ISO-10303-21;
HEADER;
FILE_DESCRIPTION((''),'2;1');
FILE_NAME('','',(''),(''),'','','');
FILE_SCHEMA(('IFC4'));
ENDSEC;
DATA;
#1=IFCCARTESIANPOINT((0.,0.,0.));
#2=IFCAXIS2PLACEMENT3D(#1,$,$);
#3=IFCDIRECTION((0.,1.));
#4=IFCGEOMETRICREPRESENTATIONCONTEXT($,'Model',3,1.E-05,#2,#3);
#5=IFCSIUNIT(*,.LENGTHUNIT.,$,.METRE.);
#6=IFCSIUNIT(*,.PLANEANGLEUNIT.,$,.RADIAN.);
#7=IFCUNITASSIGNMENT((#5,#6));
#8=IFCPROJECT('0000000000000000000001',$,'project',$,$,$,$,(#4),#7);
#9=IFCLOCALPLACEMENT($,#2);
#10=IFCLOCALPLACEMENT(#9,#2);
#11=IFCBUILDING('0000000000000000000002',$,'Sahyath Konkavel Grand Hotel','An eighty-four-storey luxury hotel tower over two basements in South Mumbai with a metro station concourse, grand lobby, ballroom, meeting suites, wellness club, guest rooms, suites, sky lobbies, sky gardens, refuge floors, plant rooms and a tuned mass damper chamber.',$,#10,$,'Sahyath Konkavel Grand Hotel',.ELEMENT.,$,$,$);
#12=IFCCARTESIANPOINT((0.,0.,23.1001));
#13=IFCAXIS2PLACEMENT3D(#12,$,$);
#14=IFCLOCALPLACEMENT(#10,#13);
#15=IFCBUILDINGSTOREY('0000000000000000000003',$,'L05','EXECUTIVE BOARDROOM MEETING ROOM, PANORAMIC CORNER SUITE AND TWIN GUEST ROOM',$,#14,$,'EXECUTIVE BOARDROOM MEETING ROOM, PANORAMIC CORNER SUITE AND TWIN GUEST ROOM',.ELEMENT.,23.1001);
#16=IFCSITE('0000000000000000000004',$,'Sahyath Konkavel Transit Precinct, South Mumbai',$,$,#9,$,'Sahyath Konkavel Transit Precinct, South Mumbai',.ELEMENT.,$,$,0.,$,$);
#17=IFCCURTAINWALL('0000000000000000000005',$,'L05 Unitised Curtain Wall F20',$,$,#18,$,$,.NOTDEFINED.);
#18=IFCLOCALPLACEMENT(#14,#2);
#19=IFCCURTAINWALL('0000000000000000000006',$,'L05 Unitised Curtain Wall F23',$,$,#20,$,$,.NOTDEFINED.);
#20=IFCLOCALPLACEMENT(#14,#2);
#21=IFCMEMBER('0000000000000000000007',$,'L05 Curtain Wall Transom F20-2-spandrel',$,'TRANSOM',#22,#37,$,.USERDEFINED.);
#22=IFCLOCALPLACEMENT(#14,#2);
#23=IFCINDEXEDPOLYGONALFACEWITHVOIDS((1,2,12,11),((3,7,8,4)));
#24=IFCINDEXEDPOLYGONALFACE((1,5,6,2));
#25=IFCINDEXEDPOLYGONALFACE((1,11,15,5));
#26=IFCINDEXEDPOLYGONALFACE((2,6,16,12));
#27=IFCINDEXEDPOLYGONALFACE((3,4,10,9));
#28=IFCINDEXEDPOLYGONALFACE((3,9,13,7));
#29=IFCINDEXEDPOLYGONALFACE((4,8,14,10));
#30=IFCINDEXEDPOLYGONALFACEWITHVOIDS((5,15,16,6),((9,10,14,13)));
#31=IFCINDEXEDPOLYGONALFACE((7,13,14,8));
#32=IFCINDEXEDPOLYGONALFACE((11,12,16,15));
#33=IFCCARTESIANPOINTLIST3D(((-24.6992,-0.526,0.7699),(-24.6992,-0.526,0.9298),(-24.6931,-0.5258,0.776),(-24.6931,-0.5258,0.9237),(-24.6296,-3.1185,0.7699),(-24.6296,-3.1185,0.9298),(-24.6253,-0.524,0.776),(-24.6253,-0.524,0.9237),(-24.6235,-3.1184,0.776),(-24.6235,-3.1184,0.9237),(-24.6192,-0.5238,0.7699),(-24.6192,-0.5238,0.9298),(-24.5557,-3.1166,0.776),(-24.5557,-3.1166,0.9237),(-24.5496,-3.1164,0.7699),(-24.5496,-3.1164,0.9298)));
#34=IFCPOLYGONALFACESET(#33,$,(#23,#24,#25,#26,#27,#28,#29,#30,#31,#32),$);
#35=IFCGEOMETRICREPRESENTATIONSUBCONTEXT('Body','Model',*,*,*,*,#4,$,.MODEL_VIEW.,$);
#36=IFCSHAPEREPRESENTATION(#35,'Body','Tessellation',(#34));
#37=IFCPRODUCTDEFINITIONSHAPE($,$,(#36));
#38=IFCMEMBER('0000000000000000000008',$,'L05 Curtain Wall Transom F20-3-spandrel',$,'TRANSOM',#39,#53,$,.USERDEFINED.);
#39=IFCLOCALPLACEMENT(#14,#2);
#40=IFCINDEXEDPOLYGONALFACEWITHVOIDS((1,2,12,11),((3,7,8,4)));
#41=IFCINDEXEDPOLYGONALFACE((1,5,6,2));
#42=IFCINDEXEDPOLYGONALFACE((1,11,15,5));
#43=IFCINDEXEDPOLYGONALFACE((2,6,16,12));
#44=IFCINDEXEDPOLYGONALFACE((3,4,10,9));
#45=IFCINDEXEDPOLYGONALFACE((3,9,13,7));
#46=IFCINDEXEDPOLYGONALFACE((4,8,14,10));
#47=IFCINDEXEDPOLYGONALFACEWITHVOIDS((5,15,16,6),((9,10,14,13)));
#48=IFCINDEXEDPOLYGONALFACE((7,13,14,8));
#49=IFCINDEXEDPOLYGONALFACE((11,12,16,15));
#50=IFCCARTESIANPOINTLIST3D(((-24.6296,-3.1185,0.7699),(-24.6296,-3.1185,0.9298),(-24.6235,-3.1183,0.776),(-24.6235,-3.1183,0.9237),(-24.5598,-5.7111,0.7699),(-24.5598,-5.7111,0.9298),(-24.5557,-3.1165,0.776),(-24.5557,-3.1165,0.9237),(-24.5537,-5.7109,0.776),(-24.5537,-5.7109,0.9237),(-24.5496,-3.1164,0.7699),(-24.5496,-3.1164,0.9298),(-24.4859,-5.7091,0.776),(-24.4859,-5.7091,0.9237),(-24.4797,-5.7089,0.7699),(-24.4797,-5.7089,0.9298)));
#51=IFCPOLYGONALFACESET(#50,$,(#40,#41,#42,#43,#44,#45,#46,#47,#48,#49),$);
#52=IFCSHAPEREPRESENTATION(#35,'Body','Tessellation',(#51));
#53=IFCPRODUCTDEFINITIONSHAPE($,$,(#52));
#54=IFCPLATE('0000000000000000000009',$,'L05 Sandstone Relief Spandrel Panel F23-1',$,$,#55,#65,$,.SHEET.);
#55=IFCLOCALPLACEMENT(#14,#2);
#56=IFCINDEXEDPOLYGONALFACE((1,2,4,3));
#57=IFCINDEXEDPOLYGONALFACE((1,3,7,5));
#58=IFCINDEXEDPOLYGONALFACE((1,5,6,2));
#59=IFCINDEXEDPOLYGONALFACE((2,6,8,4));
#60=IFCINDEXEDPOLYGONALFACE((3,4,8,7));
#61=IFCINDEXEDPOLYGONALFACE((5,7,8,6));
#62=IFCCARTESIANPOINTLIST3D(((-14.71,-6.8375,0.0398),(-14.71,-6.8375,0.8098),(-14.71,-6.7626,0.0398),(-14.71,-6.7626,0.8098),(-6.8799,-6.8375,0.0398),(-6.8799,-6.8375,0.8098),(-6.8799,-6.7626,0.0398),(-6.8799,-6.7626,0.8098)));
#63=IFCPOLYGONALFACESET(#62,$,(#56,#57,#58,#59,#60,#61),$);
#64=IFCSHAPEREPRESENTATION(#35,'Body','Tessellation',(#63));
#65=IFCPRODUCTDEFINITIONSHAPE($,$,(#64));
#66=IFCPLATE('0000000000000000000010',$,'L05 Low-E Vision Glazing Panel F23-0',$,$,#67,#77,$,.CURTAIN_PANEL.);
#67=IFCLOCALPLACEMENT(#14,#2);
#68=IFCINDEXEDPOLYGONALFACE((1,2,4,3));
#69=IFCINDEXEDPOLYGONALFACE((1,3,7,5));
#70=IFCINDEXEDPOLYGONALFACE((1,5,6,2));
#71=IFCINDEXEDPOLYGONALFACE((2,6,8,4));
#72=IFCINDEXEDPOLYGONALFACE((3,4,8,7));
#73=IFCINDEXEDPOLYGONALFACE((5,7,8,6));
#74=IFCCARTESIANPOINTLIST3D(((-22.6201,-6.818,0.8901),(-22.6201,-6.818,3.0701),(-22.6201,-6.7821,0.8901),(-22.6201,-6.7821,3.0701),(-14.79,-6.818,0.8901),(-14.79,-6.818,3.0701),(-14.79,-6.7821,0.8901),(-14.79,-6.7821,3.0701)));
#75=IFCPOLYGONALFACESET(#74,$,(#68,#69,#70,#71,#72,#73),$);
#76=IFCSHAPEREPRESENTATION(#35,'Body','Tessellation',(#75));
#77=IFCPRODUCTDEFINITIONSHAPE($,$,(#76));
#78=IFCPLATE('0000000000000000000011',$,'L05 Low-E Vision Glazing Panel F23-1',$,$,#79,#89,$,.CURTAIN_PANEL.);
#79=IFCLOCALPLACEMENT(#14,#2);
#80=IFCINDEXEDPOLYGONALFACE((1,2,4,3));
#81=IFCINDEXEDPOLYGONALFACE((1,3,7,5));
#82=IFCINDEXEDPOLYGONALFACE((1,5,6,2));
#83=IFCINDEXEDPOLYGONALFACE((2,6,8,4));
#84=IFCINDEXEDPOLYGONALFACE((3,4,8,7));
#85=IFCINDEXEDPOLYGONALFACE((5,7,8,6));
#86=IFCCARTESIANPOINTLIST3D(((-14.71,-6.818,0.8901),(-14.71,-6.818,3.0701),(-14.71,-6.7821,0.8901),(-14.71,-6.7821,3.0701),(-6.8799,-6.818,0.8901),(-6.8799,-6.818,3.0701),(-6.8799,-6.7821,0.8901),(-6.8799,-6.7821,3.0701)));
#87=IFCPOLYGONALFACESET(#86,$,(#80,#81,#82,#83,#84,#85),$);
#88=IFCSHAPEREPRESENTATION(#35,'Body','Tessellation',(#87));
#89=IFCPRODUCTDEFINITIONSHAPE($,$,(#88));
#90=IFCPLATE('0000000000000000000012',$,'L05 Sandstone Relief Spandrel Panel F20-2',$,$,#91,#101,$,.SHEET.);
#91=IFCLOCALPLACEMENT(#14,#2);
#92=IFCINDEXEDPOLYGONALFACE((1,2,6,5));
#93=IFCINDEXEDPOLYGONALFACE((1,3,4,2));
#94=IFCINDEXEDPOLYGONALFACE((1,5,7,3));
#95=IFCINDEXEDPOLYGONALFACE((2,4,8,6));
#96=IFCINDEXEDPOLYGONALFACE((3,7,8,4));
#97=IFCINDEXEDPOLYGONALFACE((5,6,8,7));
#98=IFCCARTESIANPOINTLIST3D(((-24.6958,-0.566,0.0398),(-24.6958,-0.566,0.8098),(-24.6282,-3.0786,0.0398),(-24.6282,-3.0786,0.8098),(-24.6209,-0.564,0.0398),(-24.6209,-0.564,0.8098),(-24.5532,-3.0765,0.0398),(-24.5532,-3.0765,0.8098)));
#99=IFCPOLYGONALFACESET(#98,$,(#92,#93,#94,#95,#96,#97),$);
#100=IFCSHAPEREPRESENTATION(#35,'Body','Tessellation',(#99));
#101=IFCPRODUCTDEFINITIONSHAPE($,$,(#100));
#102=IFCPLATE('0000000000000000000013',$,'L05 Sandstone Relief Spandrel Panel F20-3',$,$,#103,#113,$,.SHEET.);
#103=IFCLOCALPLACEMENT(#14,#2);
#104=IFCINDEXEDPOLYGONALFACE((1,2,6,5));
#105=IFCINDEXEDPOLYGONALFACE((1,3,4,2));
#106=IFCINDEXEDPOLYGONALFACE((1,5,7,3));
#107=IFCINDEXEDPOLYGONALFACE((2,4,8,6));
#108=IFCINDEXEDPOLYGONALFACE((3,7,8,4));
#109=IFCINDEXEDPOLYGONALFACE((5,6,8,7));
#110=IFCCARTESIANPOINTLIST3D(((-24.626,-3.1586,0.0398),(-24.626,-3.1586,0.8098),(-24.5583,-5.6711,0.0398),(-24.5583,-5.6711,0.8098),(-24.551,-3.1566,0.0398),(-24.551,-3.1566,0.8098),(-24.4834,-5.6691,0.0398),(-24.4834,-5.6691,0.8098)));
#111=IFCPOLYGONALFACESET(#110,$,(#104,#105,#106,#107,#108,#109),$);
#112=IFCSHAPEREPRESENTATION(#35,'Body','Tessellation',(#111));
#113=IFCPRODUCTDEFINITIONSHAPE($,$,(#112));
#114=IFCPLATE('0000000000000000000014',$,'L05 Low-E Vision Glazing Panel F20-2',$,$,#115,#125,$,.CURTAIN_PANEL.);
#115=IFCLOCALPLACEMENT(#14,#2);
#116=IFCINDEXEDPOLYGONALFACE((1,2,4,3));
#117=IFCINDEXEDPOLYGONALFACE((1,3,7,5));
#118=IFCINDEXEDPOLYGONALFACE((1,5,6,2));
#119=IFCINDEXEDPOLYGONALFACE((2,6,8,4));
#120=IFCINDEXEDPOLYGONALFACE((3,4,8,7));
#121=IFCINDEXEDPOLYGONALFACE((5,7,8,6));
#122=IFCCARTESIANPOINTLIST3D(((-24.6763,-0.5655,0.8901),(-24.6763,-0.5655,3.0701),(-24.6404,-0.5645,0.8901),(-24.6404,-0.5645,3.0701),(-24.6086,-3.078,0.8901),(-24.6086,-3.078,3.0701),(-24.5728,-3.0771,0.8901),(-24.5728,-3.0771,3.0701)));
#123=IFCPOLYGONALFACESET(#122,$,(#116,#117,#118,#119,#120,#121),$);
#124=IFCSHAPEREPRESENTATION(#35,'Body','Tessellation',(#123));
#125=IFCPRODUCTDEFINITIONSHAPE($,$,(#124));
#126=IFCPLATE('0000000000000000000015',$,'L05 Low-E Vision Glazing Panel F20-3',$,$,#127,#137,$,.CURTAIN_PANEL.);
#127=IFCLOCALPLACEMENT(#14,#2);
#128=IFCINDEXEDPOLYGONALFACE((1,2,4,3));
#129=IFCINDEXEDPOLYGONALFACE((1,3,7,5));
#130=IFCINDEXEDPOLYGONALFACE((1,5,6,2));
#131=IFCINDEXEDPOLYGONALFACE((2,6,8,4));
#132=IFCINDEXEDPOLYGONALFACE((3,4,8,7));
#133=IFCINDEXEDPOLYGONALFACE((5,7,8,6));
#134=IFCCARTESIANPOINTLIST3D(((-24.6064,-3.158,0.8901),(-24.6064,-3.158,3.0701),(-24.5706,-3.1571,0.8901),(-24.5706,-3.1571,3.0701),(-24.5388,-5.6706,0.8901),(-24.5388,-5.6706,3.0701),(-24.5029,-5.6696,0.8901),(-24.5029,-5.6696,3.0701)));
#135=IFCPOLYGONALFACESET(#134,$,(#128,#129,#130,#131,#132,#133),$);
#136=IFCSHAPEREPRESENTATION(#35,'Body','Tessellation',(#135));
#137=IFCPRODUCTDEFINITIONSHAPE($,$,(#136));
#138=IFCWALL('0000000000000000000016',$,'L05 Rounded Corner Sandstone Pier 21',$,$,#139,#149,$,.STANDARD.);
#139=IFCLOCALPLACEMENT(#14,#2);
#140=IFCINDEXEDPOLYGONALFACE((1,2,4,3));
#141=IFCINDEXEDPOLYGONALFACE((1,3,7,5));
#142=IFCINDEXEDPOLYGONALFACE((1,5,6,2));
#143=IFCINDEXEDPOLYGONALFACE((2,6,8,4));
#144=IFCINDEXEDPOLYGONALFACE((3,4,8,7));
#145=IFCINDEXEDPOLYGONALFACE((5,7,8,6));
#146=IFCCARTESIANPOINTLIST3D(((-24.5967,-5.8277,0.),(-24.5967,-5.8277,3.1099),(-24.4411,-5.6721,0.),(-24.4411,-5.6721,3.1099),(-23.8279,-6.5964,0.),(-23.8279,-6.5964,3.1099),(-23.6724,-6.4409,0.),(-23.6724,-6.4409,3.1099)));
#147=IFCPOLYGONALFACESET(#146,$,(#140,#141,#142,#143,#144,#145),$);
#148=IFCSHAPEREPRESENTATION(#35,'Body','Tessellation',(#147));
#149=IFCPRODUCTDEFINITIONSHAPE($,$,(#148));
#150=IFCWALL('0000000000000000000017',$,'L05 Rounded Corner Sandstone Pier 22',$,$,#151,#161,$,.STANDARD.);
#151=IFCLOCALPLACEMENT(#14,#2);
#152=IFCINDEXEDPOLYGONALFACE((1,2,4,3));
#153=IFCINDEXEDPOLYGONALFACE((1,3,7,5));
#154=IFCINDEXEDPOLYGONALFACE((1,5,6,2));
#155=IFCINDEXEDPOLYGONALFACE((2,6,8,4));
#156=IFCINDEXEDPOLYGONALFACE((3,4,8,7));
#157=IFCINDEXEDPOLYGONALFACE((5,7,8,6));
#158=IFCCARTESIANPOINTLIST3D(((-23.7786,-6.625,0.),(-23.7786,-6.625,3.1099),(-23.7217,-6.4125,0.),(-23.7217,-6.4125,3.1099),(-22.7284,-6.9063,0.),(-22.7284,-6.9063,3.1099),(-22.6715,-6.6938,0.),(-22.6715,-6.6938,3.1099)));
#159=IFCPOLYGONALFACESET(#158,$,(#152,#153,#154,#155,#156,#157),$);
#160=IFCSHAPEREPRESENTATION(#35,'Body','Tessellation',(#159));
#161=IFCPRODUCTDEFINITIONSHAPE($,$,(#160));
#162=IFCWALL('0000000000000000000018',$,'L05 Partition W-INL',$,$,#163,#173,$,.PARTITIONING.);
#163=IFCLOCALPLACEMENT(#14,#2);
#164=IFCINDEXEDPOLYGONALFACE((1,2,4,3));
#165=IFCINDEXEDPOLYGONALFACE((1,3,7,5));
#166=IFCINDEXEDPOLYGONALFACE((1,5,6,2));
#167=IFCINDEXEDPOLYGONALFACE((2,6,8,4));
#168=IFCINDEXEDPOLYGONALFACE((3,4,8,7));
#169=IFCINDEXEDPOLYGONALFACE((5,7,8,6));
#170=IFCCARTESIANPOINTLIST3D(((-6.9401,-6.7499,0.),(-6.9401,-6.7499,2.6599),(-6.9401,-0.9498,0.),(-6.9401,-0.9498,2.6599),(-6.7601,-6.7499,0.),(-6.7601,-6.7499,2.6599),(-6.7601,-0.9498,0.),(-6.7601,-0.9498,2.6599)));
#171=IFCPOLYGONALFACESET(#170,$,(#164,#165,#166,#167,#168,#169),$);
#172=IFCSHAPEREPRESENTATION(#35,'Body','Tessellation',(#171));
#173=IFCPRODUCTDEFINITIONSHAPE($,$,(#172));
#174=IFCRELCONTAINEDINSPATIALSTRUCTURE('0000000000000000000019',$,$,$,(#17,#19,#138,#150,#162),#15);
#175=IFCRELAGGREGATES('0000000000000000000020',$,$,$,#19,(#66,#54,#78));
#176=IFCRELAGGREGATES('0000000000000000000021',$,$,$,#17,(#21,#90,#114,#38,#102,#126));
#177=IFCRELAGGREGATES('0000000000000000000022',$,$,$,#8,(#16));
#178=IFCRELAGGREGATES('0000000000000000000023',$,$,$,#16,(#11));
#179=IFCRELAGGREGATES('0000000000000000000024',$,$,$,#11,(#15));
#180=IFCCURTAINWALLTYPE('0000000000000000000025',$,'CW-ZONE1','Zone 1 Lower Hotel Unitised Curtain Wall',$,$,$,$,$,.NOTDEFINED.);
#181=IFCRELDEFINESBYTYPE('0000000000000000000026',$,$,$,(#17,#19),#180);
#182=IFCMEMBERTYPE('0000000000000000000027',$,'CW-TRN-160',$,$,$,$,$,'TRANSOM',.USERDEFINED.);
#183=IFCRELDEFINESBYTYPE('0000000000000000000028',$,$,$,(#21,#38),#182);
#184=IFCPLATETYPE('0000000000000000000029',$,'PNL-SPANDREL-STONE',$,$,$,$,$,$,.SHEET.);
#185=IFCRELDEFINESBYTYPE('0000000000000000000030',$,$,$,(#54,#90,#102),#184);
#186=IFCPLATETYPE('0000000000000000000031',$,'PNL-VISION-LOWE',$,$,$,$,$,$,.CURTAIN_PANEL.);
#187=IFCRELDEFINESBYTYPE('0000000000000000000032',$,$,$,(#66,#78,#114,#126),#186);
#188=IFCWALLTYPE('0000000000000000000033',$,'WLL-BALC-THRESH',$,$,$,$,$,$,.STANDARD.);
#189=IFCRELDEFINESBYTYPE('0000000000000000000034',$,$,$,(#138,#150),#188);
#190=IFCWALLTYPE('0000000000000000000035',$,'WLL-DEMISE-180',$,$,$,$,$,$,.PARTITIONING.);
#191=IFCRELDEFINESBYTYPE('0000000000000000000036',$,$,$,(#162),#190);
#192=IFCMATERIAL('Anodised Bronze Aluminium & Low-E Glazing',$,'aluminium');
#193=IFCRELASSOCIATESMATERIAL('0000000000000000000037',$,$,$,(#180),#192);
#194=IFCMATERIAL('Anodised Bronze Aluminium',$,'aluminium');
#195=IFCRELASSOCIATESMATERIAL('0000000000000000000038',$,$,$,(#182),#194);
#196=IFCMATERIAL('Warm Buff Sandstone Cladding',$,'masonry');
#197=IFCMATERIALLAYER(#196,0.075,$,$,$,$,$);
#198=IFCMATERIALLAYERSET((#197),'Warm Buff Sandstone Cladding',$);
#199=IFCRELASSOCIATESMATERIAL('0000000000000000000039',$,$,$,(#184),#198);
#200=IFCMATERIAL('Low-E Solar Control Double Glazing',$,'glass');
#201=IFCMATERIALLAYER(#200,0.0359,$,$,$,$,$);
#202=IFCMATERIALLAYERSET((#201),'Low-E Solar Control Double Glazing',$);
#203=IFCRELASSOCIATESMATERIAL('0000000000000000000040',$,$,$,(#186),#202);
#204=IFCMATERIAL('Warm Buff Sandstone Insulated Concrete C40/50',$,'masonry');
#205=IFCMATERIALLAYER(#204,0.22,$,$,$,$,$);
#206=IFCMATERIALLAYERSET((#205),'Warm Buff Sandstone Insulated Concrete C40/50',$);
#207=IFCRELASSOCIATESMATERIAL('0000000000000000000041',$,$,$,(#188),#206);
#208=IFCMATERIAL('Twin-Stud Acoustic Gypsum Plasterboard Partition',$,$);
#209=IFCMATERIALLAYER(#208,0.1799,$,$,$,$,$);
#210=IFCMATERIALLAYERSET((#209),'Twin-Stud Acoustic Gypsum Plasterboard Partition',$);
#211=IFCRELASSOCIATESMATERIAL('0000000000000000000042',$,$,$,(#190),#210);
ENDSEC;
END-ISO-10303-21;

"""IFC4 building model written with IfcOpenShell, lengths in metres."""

from ifc_helpers import new_model, si_unit, direction, frame, frame_2d, origin, origin_2d, place, context, subcontext, project, spatial, rectangle, hollow_rectangle, extrude, source, transform, mapped, material, layer, layer_set, material_profile, profile_set, type_object, element, aggregate, save


model = new_model("IFC4")

# Units and contexts
model_context = context("Model", 3, precision=1e-05, world=origin(), true_north=direction((0.0, 1.0)))
body_context = subcontext(model_context, "Body", "Model", "MODEL_VIEW")
ifc_project = project(units=[si_unit("LENGTHUNIT", "METRE"), si_unit("PLANEANGLEUNIT", "RADIAN")], contexts=[model_context])

# Site, building, storey
site_placement = place(None, origin())
site = spatial("IfcSite", under=ifc_project, at=site_placement, Name="Sahyath Konkavel Transit Precinct, South Mumbai", LongName="Sahyath Konkavel Transit Precinct, South Mumbai", CompositionType="ELEMENT", RefElevation=0.0)
building_placement = place(site_placement, origin())
building = spatial("IfcBuilding", under=site, at=building_placement, Name="Sahyath Konkavel Grand Hotel", Description="An eighty-four-storey luxury hotel tower over two basements in South Mumbai with a metro station concourse, grand lobby, ballroom, meeting suites, wellness club, guest rooms, suites, sky lobbies, sky gardens, refuge floors, plant rooms and a tuned mass damper chamber.", LongName="Sahyath Konkavel Grand Hotel", CompositionType="ELEMENT")
storey_placement = place(building_placement, frame((0.0, 0.0, 23.1001)))
storey = spatial("IfcBuildingStorey", under=building, at=storey_placement, Name="L05", Description="EXECUTIVE BOARDROOM MEETING ROOM, PANORAMIC CORNER SUITE AND TWIN GUEST ROOM", LongName="EXECUTIVE BOARDROOM MEETING ROOM, PANORAMIC CORNER SUITE AND TWIN GUEST ROOM", CompositionType="ELEMENT", Elevation=23.1001)

# Curtain walls
ifc_material_1 = material(Name="Anodised Bronze Aluminium & Low-E Glazing", Category="aluminium")
curtain_wall_type = type_object("IfcCurtainWallType", Name="CW-ZONE1", Description="Zone 1 Lower Hotel Unitised Curtain Wall", PredefinedType="NOTDEFINED", material=ifc_material_1)
curtain_wall_1_placement = place(storey_placement, origin())
curtain_wall_1 = element("IfcCurtainWall", 1, at=curtain_wall_1_placement, inside=storey, type_object=curtain_wall_type, Name="L05 Unitised Curtain Wall F20", PredefinedType="NOTDEFINED")
ifc_material_2 = material(Name="Anodised Bronze Aluminium", Category="aluminium")
curtain_wall_2_placement = place(storey_placement, origin())
curtain_wall_2 = element("IfcCurtainWall", 2, at=curtain_wall_2_placement, inside=storey, type_object=curtain_wall_type, Name="L05 Unitised Curtain Wall F23", PredefinedType="NOTDEFINED")

# Members
ifc_material_profile_1 = material_profile(ifc_material_2, hollow_rectangle(XDim=0.0801, YDim=0.1599, WallThickness=0.0061, at=origin_2d()), Name="RHS 160x80x6")
ifc_profile_set_1 = profile_set([ifc_material_profile_1], Name="Anodised Bronze Aluminium")
member_type_1 = type_object("IfcMemberType", Name="CW-TRN-160", ElementType="TRANSOM", PredefinedType="USERDEFINED", material=ifc_profile_set_1)
shared_shape_1 = source(origin(), body_context, "Body", "SweptSolid", [
    extrude(hollow_rectangle(XDim=0.0801, YDim=0.1599, WallThickness=0.0061, at=origin_2d()), origin(), (0.0, 0.0, 1.0), 2.5935),
])
member_1_placement = place(storey_placement, frame((-24.6592, -0.5249, 0.8499), z_axis=(0.026829, -0.99964, 0.0), x_axis=(0.99964, 0.026829, 0.0)))
member_1 = element("IfcMember", 3, at=member_1_placement, type_object=member_type_1, Name="L05 Curtain Wall Transom F20-2-spandrel", ObjectType="TRANSOM", PredefinedType="USERDEFINED", context=body_context, shape_type="MappedRepresentation", body=[
    mapped(shared_shape_1, transform((0.0, 0.0, 0.0), scale=1.0)),
])
member_2_placement = place(storey_placement, frame((-24.5896, -3.1174, 0.8499), z_axis=(0.026923, -0.999638, 0.0), x_axis=(0.999638, 0.026923, 0.0)))
member_2 = element("IfcMember", 4, at=member_2_placement, type_object=member_type_1, Name="L05 Curtain Wall Transom F20-3-spandrel", ObjectType="TRANSOM", PredefinedType="USERDEFINED", context=body_context, shape_type="MappedRepresentation", body=[
    mapped(shared_shape_1, transform((0.0, 0.0, 0.0), scale=1.0)),
])

# Plates
ifc_material_3 = material(Name="Warm Buff Sandstone Cladding", Category="masonry")
ifc_layer_1 = layer(ifc_material_3, 0.075)
ifc_layer_set_1 = layer_set([ifc_layer_1], Name="Warm Buff Sandstone Cladding")
plate_type_1 = type_object("IfcPlateType", Name="PNL-SPANDREL-STONE", PredefinedType="SHEET", material=ifc_layer_set_1)
shared_shape_2 = source(origin(), body_context, "Body", "SweptSolid", [
    extrude(rectangle(XDim=7.8301, YDim=0.075, at=origin_2d()), origin(), (0.0, 0.0, 1.0), 0.77),
])
plate_1_placement = place(storey_placement, frame((-10.7949, -6.8, 0.0398), z_axis=(0.0, 0.0, 1.0), x_axis=(1.0, 0.0, 0.0)))
plate_1 = element("IfcPlate", 5, at=plate_1_placement, type_object=plate_type_1, Name="L05 Sandstone Relief Spandrel Panel F23-1", PredefinedType="SHEET", context=body_context, shape_type="MappedRepresentation", body=[
    mapped(shared_shape_2, transform((0.0, 0.0, 0.0), scale=1.0)),
])
ifc_material_4 = material(Name="Low-E Solar Control Double Glazing", Category="glass")
ifc_layer_2 = layer(ifc_material_4, 0.0359)
ifc_layer_set_2 = layer_set([ifc_layer_2], Name="Low-E Solar Control Double Glazing")
plate_type_2 = type_object("IfcPlateType", Name="PNL-VISION-LOWE", PredefinedType="CURTAIN_PANEL", material=ifc_layer_set_2)
shared_shape_3 = source(origin(), body_context, "Body", "SweptSolid", [
    extrude(rectangle(XDim=7.8301, YDim=0.0359, at=origin_2d()), origin(), (0.0, 0.0, 1.0), 2.1799),
])
plate_2_placement = place(storey_placement, frame((-18.7051, -6.8, 0.8901), z_axis=(0.0, 0.0, 1.0), x_axis=(1.0, 0.0, 0.0)))
plate_2 = element("IfcPlate", 6, at=plate_2_placement, type_object=plate_type_2, Name="L05 Low-E Vision Glazing Panel F23-0", PredefinedType="CURTAIN_PANEL", context=body_context, shape_type="MappedRepresentation", body=[
    mapped(shared_shape_3, transform((0.0, 0.0, 0.0), scale=1.0)),
])
plate_3_placement = place(storey_placement, frame((-10.7949, -6.8, 0.8901), z_axis=(0.0, 0.0, 1.0), x_axis=(1.0, 0.0, 0.0)))
plate_3 = element("IfcPlate", 7, at=plate_3_placement, type_object=plate_type_2, Name="L05 Low-E Vision Glazing Panel F23-1", PredefinedType="CURTAIN_PANEL", context=body_context, shape_type="MappedRepresentation", body=[
    mapped(shared_shape_3, transform((0.0, 0.0, 0.0), scale=1.0)),
])
aggregate(curtain_wall_2, [plate_2, plate_1, plate_3])
shared_shape_4 = source(origin(), body_context, "Body", "SweptSolid", [
    extrude(rectangle(XDim=2.5134, YDim=0.075, at=origin_2d()), origin(), (0.0, 0.0, 1.0), 0.77),
])
plate_4_placement = place(storey_placement, frame((-24.6245, -1.8213, 0.0398), z_axis=(0.0, 0.0, 1.0), x_axis=(0.02691, -0.999638, 0.0)))
plate_4 = element("IfcPlate", 8, at=plate_4_placement, type_object=plate_type_1, Name="L05 Sandstone Relief Spandrel Panel F20-2", PredefinedType="SHEET", context=body_context, shape_type="MappedRepresentation", body=[
    mapped(shared_shape_4, transform((0.0, 0.0, 0.0), scale=1.0)),
])
plate_5_placement = place(storey_placement, frame((-24.5547, -4.4138, 0.0398), z_axis=(0.0, 0.0, 1.0), x_axis=(0.02691, -0.999638, 0.0)))
plate_5 = element("IfcPlate", 9, at=plate_5_placement, type_object=plate_type_1, Name="L05 Sandstone Relief Spandrel Panel F20-3", PredefinedType="SHEET", context=body_context, shape_type="MappedRepresentation", body=[
    mapped(shared_shape_4, transform((0.0, 0.0, 0.0), scale=1.0)),
])
shared_shape_5 = source(origin(), body_context, "Body", "SweptSolid", [
    extrude(rectangle(XDim=2.5134, YDim=0.0359, at=origin_2d()), origin(), (0.0, 0.0, 1.0), 2.1799),
])
plate_6_placement = place(storey_placement, frame((-24.6245, -1.8213, 0.8901), z_axis=(0.0, 0.0, 1.0), x_axis=(0.02691, -0.999638, 0.0)))
plate_6 = element("IfcPlate", 10, at=plate_6_placement, type_object=plate_type_2, Name="L05 Low-E Vision Glazing Panel F20-2", PredefinedType="CURTAIN_PANEL", context=body_context, shape_type="MappedRepresentation", body=[
    mapped(shared_shape_5, transform((0.0, 0.0, 0.0), scale=1.0)),
])
plate_7_placement = place(storey_placement, frame((-24.5547, -4.4138, 0.8901), z_axis=(0.0, 0.0, 1.0), x_axis=(0.02691, -0.999638, 0.0)))
plate_7 = element("IfcPlate", 11, at=plate_7_placement, type_object=plate_type_2, Name="L05 Low-E Vision Glazing Panel F20-3", PredefinedType="CURTAIN_PANEL", context=body_context, shape_type="MappedRepresentation", body=[
    mapped(shared_shape_5, transform((0.0, 0.0, 0.0), scale=1.0)),
])
aggregate(curtain_wall_1, [member_1, plate_4, plate_6, member_2, plate_5, plate_7])

# Walls
ifc_material_5 = material(Name="Warm Buff Sandstone Insulated Concrete C40/50", Category="masonry")
ifc_layer_3 = layer(ifc_material_5, 0.22)
ifc_layer_set_3 = layer_set([ifc_layer_3], Name="Warm Buff Sandstone Insulated Concrete C40/50")
wall_type_1 = type_object("IfcWallType", Name="WLL-BALC-THRESH", PredefinedType="STANDARD", material=ifc_layer_set_3)
for number, where, z_axis, x_axis, name in (
    (12, (-24.5188, -5.75, 0.0), (0.0, 0.0, 1.0), (0.707107, -0.707107, 0.0), "L05 Rounded Corner Sandstone Pier 21"),
    (13, (-23.75, -6.5188, 0.0), (0.0, 0.0, 1.0), (0.965951, -0.258725, 0.0), "L05 Rounded Corner Sandstone Pier 22"),
):
    element("IfcWall", number, at=place(storey_placement, frame(where, z_axis=z_axis, x_axis=x_axis)), inside=storey, type_object=wall_type_1, Name=name, PredefinedType="STANDARD", context=body_context, shape_type="SweptSolid", body=[
        extrude(rectangle(XDim=1.0872, YDim=0.22, at=frame_2d((0.5435, 0.0))), origin(), (0.0, 0.0, 1.0), 3.1099),
    ])
ifc_material_6 = material(Name="Twin-Stud Acoustic Gypsum Plasterboard Partition")
ifc_layer_4 = layer(ifc_material_6, 0.1799)
ifc_layer_set_4 = layer_set([ifc_layer_4], Name="Twin-Stud Acoustic Gypsum Plasterboard Partition")
wall_type_2 = type_object("IfcWallType", Name="WLL-DEMISE-180", PredefinedType="PARTITIONING", material=ifc_layer_set_4)
wall_1_placement = place(storey_placement, frame((-6.8501, -0.95, 0.0), z_axis=(0.0, 0.0, 1.0), x_axis=(0.0, -1.0, 0.0)))
element("IfcWall", 14, at=wall_1_placement, inside=storey, type_object=wall_type_2, Name="L05 Partition W-INL", PredefinedType="PARTITIONING", context=body_context, shape_type="SweptSolid", body=[
    extrude(rectangle(XDim=5.8, YDim=0.1799, at=frame_2d((2.8999, 0.0))), origin(), (0.0, 0.0, 1.0), 2.6599),
])

save(model, "model.ifc")
